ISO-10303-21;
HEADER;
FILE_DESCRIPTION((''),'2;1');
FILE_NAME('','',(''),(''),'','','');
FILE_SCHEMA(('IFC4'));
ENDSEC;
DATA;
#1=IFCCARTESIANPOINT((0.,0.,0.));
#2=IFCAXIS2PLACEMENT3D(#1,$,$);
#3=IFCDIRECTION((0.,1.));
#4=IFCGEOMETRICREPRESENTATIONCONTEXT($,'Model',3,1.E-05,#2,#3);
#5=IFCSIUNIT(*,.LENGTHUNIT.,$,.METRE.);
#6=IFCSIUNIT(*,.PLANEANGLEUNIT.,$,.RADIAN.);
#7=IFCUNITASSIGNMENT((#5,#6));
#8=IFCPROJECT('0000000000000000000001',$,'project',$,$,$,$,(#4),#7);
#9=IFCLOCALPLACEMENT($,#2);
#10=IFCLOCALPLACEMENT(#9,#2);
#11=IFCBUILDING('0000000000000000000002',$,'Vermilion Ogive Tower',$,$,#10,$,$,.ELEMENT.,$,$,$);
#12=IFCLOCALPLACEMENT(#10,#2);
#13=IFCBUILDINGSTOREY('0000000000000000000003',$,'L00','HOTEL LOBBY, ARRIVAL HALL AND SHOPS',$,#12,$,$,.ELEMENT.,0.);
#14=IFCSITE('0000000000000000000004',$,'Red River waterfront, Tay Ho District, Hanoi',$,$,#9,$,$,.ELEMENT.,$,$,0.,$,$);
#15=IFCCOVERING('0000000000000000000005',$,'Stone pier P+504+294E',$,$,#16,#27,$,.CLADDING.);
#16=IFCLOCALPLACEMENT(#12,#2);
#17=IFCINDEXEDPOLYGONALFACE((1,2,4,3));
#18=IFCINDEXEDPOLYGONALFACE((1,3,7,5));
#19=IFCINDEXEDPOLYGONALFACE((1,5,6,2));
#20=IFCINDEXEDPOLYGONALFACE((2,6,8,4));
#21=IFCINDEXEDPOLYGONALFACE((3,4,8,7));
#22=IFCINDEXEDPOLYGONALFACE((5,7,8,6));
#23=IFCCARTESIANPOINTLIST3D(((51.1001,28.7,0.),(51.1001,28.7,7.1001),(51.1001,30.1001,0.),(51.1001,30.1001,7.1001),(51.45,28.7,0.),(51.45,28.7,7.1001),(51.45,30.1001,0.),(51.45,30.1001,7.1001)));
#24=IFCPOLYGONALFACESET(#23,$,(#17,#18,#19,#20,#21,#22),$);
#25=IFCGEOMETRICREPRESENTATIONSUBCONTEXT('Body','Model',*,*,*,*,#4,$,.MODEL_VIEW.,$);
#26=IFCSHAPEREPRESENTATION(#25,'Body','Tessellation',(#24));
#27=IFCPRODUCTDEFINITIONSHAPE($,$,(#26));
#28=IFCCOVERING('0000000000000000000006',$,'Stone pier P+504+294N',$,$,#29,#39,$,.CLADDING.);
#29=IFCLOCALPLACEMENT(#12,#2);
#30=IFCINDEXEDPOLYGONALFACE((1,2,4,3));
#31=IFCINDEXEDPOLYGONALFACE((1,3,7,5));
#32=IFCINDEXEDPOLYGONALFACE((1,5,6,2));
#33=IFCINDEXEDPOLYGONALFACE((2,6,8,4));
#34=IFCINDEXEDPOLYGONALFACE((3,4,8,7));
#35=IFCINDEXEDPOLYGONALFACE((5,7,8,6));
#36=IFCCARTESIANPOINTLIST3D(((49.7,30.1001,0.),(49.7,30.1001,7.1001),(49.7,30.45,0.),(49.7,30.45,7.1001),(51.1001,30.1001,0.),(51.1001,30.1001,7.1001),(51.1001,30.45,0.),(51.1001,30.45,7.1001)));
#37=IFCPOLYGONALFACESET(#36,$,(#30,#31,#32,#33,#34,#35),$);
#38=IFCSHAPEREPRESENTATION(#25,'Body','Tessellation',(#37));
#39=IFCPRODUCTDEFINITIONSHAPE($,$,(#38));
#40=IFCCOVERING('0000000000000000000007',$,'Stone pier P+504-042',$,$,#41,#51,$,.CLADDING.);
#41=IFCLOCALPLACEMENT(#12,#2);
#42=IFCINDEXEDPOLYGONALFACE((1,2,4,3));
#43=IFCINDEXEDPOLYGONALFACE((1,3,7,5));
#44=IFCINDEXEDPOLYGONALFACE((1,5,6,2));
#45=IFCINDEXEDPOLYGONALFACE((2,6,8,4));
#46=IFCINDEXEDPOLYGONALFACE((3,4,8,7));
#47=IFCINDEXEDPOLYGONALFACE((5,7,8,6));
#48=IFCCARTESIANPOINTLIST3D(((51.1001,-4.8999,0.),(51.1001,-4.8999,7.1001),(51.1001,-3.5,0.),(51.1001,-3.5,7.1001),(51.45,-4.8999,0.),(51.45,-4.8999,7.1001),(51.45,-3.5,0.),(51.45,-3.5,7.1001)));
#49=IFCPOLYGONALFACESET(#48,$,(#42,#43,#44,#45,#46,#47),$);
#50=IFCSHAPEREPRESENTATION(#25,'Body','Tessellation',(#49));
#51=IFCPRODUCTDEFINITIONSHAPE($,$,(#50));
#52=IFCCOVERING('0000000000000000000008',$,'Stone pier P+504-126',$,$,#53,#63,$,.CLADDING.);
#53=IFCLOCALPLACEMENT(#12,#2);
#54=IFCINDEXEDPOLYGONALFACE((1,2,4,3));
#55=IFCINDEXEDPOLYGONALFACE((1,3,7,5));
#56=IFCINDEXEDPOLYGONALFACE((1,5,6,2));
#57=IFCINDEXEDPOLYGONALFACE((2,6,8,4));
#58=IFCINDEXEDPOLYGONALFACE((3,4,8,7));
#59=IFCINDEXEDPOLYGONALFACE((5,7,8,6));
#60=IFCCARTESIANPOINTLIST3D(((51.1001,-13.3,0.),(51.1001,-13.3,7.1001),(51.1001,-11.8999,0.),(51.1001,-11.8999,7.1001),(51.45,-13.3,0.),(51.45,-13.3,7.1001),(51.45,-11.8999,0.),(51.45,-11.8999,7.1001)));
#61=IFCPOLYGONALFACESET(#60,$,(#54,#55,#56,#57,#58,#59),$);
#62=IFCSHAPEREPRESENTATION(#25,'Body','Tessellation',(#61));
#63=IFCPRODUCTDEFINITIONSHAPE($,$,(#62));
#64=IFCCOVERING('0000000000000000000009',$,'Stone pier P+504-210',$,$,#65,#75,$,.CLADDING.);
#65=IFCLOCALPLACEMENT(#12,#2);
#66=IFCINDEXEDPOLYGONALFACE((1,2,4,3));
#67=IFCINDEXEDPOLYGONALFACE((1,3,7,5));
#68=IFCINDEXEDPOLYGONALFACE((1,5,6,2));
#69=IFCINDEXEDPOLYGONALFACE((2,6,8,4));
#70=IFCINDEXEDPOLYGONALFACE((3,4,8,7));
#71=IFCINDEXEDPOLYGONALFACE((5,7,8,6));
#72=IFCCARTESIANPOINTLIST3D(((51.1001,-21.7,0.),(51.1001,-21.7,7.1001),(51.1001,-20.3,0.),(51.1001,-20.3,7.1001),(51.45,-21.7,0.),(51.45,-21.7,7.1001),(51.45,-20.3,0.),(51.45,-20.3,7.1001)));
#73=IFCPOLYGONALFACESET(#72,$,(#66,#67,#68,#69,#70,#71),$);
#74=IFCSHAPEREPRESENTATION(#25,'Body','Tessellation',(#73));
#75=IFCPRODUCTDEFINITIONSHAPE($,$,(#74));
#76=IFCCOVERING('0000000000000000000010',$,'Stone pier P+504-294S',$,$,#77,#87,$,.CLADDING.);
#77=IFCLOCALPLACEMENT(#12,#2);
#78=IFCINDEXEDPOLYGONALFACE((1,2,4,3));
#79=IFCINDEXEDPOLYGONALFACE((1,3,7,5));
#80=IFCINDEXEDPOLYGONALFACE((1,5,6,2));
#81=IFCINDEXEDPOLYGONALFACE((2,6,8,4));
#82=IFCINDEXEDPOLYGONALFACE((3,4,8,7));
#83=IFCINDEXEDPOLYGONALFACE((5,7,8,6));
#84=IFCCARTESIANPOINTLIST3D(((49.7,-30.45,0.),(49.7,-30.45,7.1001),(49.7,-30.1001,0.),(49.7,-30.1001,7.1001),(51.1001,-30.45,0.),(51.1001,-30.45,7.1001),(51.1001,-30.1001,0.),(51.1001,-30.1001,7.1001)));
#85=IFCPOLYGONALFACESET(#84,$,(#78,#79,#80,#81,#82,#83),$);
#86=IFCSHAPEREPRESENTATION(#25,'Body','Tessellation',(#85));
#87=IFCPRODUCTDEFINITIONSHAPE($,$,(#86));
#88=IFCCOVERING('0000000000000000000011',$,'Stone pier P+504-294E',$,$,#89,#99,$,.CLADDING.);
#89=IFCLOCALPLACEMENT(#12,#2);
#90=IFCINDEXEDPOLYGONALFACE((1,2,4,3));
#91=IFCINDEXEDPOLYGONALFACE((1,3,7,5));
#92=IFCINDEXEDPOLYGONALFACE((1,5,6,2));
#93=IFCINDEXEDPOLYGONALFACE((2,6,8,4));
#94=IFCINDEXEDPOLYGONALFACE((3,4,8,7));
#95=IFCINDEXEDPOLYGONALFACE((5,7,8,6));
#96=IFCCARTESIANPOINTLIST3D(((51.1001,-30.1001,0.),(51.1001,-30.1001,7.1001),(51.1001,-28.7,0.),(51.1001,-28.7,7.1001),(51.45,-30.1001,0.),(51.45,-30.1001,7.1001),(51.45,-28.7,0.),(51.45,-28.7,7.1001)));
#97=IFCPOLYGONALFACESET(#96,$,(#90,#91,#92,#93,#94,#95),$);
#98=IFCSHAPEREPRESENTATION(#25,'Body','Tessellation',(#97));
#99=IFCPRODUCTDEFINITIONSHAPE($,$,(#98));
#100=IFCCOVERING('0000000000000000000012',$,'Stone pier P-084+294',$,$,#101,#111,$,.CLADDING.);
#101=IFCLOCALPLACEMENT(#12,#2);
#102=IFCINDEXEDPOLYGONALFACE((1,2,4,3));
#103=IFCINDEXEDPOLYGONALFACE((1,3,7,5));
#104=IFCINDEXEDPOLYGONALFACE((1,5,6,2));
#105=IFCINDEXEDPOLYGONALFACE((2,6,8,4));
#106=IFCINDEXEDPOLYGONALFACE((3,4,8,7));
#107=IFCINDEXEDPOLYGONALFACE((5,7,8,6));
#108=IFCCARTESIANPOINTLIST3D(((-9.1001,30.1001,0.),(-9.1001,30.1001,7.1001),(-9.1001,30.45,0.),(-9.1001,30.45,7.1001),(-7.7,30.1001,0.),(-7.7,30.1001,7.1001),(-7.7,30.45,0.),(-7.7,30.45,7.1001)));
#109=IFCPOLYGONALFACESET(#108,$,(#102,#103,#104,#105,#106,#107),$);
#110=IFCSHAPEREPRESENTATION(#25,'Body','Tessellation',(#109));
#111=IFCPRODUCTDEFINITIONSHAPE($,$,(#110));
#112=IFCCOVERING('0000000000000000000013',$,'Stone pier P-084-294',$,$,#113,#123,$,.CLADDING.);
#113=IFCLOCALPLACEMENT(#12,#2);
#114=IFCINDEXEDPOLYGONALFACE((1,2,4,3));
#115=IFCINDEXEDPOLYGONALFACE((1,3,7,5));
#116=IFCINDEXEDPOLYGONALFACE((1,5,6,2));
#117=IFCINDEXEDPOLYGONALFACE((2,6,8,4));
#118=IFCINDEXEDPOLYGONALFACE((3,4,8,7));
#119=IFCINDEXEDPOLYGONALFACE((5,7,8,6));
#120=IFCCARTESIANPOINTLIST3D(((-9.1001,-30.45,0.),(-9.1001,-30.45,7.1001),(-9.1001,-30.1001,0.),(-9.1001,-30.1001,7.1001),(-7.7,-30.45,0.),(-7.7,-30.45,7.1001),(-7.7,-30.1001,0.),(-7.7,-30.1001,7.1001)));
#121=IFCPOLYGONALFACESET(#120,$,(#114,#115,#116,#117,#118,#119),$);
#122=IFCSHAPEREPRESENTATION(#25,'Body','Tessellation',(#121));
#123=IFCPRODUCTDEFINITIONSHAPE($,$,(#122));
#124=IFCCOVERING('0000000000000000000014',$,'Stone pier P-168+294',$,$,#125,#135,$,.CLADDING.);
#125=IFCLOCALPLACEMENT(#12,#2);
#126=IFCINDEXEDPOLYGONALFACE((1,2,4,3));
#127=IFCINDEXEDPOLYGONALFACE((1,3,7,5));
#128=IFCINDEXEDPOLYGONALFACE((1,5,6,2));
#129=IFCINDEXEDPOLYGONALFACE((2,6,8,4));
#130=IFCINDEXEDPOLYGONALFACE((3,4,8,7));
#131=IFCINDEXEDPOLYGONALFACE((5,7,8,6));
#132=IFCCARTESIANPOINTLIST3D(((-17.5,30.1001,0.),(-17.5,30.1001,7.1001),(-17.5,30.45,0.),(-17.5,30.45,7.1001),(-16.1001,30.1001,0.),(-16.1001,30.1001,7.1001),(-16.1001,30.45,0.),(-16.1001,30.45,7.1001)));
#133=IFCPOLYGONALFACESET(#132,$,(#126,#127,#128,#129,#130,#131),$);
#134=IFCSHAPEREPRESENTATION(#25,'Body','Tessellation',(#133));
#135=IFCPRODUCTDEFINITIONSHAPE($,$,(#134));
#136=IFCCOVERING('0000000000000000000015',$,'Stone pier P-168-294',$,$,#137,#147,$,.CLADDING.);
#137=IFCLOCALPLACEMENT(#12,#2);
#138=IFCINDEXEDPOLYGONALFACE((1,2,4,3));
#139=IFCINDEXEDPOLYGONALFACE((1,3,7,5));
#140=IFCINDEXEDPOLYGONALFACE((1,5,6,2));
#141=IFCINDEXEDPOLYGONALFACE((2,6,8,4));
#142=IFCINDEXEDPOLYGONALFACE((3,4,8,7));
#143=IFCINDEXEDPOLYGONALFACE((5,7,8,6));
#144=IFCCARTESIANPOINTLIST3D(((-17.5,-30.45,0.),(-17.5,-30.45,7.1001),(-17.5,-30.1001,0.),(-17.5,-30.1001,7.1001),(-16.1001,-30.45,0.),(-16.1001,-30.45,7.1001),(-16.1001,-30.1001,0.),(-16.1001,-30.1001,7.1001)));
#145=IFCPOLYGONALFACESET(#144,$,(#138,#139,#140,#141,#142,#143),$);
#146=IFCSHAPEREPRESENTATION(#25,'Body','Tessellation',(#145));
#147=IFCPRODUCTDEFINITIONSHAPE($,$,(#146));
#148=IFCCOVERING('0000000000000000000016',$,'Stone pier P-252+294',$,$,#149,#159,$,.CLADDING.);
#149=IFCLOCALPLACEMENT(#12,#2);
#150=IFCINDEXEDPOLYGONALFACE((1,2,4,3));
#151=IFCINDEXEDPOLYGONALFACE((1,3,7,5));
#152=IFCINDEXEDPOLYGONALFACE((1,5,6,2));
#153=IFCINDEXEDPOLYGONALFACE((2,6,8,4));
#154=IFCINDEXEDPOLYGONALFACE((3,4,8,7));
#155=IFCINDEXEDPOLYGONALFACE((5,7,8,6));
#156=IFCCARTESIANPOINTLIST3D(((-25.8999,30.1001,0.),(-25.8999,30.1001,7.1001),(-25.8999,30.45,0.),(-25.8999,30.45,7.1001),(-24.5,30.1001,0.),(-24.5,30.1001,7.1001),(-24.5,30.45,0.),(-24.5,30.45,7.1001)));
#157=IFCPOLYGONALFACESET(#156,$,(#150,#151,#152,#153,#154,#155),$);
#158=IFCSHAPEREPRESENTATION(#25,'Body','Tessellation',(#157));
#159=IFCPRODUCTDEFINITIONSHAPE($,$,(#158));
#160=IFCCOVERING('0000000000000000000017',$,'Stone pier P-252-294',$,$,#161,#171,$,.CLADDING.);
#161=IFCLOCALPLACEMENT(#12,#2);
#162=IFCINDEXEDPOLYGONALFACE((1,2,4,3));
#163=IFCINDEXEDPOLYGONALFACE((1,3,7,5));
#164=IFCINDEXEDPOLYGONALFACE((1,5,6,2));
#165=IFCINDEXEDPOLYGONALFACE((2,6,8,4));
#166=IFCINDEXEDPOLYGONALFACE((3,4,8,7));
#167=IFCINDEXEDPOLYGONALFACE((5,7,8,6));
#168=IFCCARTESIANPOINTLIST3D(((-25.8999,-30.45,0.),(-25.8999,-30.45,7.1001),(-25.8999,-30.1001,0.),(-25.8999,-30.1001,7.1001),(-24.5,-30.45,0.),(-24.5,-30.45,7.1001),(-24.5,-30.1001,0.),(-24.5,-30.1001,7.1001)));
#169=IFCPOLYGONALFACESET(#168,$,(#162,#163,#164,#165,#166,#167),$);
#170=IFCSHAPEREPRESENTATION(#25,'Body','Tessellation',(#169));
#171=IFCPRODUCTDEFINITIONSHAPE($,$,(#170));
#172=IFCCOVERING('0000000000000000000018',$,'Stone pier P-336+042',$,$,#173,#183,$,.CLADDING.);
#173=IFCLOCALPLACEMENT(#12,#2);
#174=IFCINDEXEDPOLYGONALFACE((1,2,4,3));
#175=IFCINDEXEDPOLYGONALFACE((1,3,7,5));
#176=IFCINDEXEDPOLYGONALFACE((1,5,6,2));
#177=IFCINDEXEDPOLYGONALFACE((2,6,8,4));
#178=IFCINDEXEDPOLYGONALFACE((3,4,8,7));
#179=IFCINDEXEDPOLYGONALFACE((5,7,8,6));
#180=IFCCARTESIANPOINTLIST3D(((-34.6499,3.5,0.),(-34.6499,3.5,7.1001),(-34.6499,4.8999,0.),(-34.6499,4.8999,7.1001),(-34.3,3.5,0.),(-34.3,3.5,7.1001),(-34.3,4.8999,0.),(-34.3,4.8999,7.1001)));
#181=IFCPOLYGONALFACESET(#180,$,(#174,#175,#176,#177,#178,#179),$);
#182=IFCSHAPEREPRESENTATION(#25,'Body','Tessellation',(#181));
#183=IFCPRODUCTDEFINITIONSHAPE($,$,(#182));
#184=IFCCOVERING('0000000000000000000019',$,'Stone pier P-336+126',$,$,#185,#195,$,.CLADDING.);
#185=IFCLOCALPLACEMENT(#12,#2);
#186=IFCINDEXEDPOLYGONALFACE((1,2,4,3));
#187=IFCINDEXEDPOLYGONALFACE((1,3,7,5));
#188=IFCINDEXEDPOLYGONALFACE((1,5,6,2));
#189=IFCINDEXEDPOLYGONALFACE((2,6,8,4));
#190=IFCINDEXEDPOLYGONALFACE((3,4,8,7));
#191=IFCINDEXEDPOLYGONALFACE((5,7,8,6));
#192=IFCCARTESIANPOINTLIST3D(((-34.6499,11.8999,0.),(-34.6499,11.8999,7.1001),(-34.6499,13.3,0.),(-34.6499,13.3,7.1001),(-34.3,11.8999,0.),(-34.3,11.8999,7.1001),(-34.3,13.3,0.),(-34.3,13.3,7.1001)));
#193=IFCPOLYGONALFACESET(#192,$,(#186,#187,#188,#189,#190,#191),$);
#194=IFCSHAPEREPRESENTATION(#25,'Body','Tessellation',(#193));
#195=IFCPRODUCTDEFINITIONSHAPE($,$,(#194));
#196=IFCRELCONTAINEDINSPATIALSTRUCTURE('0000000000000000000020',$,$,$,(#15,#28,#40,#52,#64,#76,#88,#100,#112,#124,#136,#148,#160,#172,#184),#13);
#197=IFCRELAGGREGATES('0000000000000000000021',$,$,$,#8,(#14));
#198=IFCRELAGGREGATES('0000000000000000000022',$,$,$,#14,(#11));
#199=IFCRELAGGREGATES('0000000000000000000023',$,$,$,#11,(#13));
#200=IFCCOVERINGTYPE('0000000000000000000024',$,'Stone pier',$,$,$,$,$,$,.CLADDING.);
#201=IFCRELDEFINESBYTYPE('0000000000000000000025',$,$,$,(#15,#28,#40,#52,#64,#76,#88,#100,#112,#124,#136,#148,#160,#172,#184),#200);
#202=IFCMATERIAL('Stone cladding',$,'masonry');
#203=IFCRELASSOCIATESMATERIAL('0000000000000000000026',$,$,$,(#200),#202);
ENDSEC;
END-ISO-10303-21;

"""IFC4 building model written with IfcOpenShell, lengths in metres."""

from ifc_helpers import new_model, si_unit, direction, origin, place, context, subcontext, project, spatial, polyline, outline, extrude, material, type_object, element, save


model = new_model("IFC4")

# Units and contexts
model_context = context("Model", 3, precision=1e-05, world=origin(), true_north=direction((0.0, 1.0)))
body_context = subcontext(model_context, "Body", "Model", "MODEL_VIEW")
ifc_project = project(units=[si_unit("LENGTHUNIT", "METRE"), si_unit("PLANEANGLEUNIT", "RADIAN")], contexts=[model_context])

# Site, building, storey
site_placement = place(None, origin())
site = spatial("IfcSite", under=ifc_project, at=site_placement, Name="Red River waterfront, Tay Ho District, Hanoi", CompositionType="ELEMENT", RefElevation=0.0)
building_placement = place(site_placement, origin())
building = spatial("IfcBuilding", under=site, at=building_placement, Name="Vermilion Ogive Tower", CompositionType="ELEMENT")
storey_placement = place(building_placement, origin())
storey = spatial("IfcBuildingStorey", under=building, at=storey_placement, Name="L00", Description="HOTEL LOBBY, ARRIVAL HALL AND SHOPS", CompositionType="ELEMENT", Elevation=0.0)

# Coverings
ifc_material = material(Name="Stone cladding", Category="masonry")
covering_type = type_object("IfcCoveringType", Name="Stone pier", PredefinedType="CLADDING", material=ifc_material)
covering_1_placement = place(storey_placement, origin())
element("IfcCovering", 1, at=covering_1_placement, inside=storey, type_object=covering_type, Name="Stone pier P+504+294E", PredefinedType="CLADDING", context=body_context, shape_type="SweptSolid", body=[
    extrude(outline(polyline([(51.1001, 30.1001), (51.1001, 30.1001), (51.45, 30.1001), (51.45, 28.7), (51.1001, 28.7), (51.1001, 28.7), (51.1001, 30.1001)])), origin(), (0.0, 0.0, 1.0), 7.1001),
])
covering_2_placement = place(storey_placement, origin())
element("IfcCovering", 2, at=covering_2_placement, inside=storey, type_object=covering_type, Name="Stone pier P+504+294N", PredefinedType="CLADDING", context=body_context, shape_type="SweptSolid", body=[
    extrude(outline(polyline([(51.1001, 30.45), (51.1001, 30.1001), (51.1001, 30.1001), (49.7, 30.1001), (49.7, 30.45), (51.1001, 30.45)])), origin(), (0.0, 0.0, 1.0), 7.1001),
])
covering_3_placement = place(storey_placement, origin())
element("IfcCovering", 3, at=covering_3_placement, inside=storey, type_object=covering_type, Name="Stone pier P+504-042", PredefinedType="CLADDING", context=body_context, shape_type="SweptSolid", body=[
    extrude(outline(polyline([(51.45, -3.5), (51.45, -4.8999), (51.1001, -4.8999), (51.1001, -3.5), (51.45, -3.5)])), origin(), (0.0, 0.0, 1.0), 7.1001),
])
covering_4_placement = place(storey_placement, origin())
element("IfcCovering", 4, at=covering_4_placement, inside=storey, type_object=covering_type, Name="Stone pier P+504-126", PredefinedType="CLADDING", context=body_context, shape_type="SweptSolid", body=[
    extrude(outline(polyline([(51.1001, -11.8999), (51.45, -11.8999), (51.45, -13.3), (51.1001, -13.3), (51.1001, -13.3), (51.1001, -11.8999)])), origin(), (0.0, 0.0, 1.0), 7.1001),
])
covering_5_placement = place(storey_placement, origin())
element("IfcCovering", 5, at=covering_5_placement, inside=storey, type_object=covering_type, Name="Stone pier P+504-210", PredefinedType="CLADDING", context=body_context, shape_type="SweptSolid", body=[
    extrude(outline(polyline([(51.45, -20.3), (51.45, -21.7), (51.1001, -21.7), (51.1001, -20.3), (51.45, -20.3)])), origin(), (0.0, 0.0, 1.0), 7.1001),
])
covering_6_placement = place(storey_placement, origin())
element("IfcCovering", 6, at=covering_6_placement, inside=storey, type_object=covering_type, Name="Stone pier P+504-294S", PredefinedType="CLADDING", context=body_context, shape_type="SweptSolid", body=[
    extrude(outline(polyline([(51.1001, -30.45), (49.7, -30.45), (49.7, -30.1001), (51.1001, -30.1001), (51.1001, -30.45)])), origin(), (0.0, 0.0, 1.0), 7.1001),
])
covering_7_placement = place(storey_placement, origin())
element("IfcCovering", 7, at=covering_7_placement, inside=storey, type_object=covering_type, Name="Stone pier P+504-294E", PredefinedType="CLADDING", context=body_context, shape_type="SweptSolid", body=[
    extrude(outline(polyline([(51.45, -30.1001), (51.1001, -30.1001), (51.1001, -28.7), (51.45, -28.7), (51.45, -30.1001)])), origin(), (0.0, 0.0, 1.0), 7.1001),
])
covering_8_placement = place(storey_placement, origin())
element("IfcCovering", 8, at=covering_8_placement, inside=storey, type_object=covering_type, Name="Stone pier P-084+294", PredefinedType="CLADDING", context=body_context, shape_type="SweptSolid", body=[
    extrude(outline(polyline([(-9.1001, 30.1001), (-9.1001, 30.1001), (-9.1001, 30.45), (-7.7, 30.45), (-7.7, 30.1001), (-7.7, 30.1001), (-9.1001, 30.1001)])), origin(), (0.0, 0.0, 1.0), 7.1001),
])
covering_9_placement = place(storey_placement, origin())
element("IfcCovering", 9, at=covering_9_placement, inside=storey, type_object=covering_type, Name="Stone pier P-084-294", PredefinedType="CLADDING", context=body_context, shape_type="SweptSolid", body=[
    extrude(outline(polyline([(-7.7, -30.1001), (-7.7, -30.45), (-9.1001, -30.45), (-9.1001, -30.1001), (-7.7, -30.1001), (-7.7, -30.1001)])), origin(), (0.0, 0.0, 1.0), 7.1001),
])
covering_10_placement = place(storey_placement, origin())
element("IfcCovering", 10, at=covering_10_placement, inside=storey, type_object=covering_type, Name="Stone pier P-168+294", PredefinedType="CLADDING", context=body_context, shape_type="SweptSolid", body=[
    extrude(outline(polyline([(-17.5, 30.1001), (-17.5, 30.45), (-16.1001, 30.45), (-16.1001, 30.1001), (-17.5, 30.1001), (-17.5, 30.1001)])), origin(), (0.0, 0.0, 1.0), 7.1001),
])
covering_11_placement = place(storey_placement, origin())
element("IfcCovering", 11, at=covering_11_placement, inside=storey, type_object=covering_type, Name="Stone pier P-168-294", PredefinedType="CLADDING", context=body_context, shape_type="SweptSolid", body=[
    extrude(outline(polyline([(-16.1001, -30.45), (-17.5, -30.45), (-17.5, -30.1001), (-16.1001, -30.1001), (-16.1001, -30.45)])), origin(), (0.0, 0.0, 1.0), 7.1001),
])
covering_12_placement = place(storey_placement, origin())
element("IfcCovering", 12, at=covering_12_placement, inside=storey, type_object=covering_type, Name="Stone pier P-252+294", PredefinedType="CLADDING", context=body_context, shape_type="SweptSolid", body=[
    extrude(outline(polyline([(-25.8999, 30.1001), (-25.8999, 30.45), (-24.5, 30.45), (-24.5, 30.1001), (-24.5, 30.1001), (-25.8999, 30.1001)])), origin(), (0.0, 0.0, 1.0), 7.1001),
])
covering_13_placement = place(storey_placement, origin())
element("IfcCovering", 13, at=covering_13_placement, inside=storey, type_object=covering_type, Name="Stone pier P-252-294", PredefinedType="CLADDING", context=body_context, shape_type="SweptSolid", body=[
    extrude(outline(polyline([(-24.5, -30.45), (-25.8999, -30.45), (-25.8999, -30.1001), (-24.5, -30.1001), (-24.5, -30.45)])), origin(), (0.0, 0.0, 1.0), 7.1001),
])
covering_14_placement = place(storey_placement, origin())
element("IfcCovering", 14, at=covering_14_placement, inside=storey, type_object=covering_type, Name="Stone pier P-336+042", PredefinedType="CLADDING", context=body_context, shape_type="SweptSolid", body=[
    extrude(outline(polyline([(-34.6499, 3.5), (-34.6499, 4.8999), (-34.3, 4.8999), (-34.3, 3.5), (-34.6499, 3.5)])), origin(), (0.0, 0.0, 1.0), 7.1001),
])
covering_15_placement = place(storey_placement, origin())
element("IfcCovering", 15, at=covering_15_placement, inside=storey, type_object=covering_type, Name="Stone pier P-336+126", PredefinedType="CLADDING", context=body_context, shape_type="SweptSolid", body=[
    extrude(outline(polyline([(-34.3, 11.8999), (-34.6499, 11.8999), (-34.6499, 13.3), (-34.3, 13.3), (-34.3, 13.3), (-34.3, 11.8999)])), origin(), (0.0, 0.0, 1.0), 7.1001),
])

save(model, "model.ifc")
